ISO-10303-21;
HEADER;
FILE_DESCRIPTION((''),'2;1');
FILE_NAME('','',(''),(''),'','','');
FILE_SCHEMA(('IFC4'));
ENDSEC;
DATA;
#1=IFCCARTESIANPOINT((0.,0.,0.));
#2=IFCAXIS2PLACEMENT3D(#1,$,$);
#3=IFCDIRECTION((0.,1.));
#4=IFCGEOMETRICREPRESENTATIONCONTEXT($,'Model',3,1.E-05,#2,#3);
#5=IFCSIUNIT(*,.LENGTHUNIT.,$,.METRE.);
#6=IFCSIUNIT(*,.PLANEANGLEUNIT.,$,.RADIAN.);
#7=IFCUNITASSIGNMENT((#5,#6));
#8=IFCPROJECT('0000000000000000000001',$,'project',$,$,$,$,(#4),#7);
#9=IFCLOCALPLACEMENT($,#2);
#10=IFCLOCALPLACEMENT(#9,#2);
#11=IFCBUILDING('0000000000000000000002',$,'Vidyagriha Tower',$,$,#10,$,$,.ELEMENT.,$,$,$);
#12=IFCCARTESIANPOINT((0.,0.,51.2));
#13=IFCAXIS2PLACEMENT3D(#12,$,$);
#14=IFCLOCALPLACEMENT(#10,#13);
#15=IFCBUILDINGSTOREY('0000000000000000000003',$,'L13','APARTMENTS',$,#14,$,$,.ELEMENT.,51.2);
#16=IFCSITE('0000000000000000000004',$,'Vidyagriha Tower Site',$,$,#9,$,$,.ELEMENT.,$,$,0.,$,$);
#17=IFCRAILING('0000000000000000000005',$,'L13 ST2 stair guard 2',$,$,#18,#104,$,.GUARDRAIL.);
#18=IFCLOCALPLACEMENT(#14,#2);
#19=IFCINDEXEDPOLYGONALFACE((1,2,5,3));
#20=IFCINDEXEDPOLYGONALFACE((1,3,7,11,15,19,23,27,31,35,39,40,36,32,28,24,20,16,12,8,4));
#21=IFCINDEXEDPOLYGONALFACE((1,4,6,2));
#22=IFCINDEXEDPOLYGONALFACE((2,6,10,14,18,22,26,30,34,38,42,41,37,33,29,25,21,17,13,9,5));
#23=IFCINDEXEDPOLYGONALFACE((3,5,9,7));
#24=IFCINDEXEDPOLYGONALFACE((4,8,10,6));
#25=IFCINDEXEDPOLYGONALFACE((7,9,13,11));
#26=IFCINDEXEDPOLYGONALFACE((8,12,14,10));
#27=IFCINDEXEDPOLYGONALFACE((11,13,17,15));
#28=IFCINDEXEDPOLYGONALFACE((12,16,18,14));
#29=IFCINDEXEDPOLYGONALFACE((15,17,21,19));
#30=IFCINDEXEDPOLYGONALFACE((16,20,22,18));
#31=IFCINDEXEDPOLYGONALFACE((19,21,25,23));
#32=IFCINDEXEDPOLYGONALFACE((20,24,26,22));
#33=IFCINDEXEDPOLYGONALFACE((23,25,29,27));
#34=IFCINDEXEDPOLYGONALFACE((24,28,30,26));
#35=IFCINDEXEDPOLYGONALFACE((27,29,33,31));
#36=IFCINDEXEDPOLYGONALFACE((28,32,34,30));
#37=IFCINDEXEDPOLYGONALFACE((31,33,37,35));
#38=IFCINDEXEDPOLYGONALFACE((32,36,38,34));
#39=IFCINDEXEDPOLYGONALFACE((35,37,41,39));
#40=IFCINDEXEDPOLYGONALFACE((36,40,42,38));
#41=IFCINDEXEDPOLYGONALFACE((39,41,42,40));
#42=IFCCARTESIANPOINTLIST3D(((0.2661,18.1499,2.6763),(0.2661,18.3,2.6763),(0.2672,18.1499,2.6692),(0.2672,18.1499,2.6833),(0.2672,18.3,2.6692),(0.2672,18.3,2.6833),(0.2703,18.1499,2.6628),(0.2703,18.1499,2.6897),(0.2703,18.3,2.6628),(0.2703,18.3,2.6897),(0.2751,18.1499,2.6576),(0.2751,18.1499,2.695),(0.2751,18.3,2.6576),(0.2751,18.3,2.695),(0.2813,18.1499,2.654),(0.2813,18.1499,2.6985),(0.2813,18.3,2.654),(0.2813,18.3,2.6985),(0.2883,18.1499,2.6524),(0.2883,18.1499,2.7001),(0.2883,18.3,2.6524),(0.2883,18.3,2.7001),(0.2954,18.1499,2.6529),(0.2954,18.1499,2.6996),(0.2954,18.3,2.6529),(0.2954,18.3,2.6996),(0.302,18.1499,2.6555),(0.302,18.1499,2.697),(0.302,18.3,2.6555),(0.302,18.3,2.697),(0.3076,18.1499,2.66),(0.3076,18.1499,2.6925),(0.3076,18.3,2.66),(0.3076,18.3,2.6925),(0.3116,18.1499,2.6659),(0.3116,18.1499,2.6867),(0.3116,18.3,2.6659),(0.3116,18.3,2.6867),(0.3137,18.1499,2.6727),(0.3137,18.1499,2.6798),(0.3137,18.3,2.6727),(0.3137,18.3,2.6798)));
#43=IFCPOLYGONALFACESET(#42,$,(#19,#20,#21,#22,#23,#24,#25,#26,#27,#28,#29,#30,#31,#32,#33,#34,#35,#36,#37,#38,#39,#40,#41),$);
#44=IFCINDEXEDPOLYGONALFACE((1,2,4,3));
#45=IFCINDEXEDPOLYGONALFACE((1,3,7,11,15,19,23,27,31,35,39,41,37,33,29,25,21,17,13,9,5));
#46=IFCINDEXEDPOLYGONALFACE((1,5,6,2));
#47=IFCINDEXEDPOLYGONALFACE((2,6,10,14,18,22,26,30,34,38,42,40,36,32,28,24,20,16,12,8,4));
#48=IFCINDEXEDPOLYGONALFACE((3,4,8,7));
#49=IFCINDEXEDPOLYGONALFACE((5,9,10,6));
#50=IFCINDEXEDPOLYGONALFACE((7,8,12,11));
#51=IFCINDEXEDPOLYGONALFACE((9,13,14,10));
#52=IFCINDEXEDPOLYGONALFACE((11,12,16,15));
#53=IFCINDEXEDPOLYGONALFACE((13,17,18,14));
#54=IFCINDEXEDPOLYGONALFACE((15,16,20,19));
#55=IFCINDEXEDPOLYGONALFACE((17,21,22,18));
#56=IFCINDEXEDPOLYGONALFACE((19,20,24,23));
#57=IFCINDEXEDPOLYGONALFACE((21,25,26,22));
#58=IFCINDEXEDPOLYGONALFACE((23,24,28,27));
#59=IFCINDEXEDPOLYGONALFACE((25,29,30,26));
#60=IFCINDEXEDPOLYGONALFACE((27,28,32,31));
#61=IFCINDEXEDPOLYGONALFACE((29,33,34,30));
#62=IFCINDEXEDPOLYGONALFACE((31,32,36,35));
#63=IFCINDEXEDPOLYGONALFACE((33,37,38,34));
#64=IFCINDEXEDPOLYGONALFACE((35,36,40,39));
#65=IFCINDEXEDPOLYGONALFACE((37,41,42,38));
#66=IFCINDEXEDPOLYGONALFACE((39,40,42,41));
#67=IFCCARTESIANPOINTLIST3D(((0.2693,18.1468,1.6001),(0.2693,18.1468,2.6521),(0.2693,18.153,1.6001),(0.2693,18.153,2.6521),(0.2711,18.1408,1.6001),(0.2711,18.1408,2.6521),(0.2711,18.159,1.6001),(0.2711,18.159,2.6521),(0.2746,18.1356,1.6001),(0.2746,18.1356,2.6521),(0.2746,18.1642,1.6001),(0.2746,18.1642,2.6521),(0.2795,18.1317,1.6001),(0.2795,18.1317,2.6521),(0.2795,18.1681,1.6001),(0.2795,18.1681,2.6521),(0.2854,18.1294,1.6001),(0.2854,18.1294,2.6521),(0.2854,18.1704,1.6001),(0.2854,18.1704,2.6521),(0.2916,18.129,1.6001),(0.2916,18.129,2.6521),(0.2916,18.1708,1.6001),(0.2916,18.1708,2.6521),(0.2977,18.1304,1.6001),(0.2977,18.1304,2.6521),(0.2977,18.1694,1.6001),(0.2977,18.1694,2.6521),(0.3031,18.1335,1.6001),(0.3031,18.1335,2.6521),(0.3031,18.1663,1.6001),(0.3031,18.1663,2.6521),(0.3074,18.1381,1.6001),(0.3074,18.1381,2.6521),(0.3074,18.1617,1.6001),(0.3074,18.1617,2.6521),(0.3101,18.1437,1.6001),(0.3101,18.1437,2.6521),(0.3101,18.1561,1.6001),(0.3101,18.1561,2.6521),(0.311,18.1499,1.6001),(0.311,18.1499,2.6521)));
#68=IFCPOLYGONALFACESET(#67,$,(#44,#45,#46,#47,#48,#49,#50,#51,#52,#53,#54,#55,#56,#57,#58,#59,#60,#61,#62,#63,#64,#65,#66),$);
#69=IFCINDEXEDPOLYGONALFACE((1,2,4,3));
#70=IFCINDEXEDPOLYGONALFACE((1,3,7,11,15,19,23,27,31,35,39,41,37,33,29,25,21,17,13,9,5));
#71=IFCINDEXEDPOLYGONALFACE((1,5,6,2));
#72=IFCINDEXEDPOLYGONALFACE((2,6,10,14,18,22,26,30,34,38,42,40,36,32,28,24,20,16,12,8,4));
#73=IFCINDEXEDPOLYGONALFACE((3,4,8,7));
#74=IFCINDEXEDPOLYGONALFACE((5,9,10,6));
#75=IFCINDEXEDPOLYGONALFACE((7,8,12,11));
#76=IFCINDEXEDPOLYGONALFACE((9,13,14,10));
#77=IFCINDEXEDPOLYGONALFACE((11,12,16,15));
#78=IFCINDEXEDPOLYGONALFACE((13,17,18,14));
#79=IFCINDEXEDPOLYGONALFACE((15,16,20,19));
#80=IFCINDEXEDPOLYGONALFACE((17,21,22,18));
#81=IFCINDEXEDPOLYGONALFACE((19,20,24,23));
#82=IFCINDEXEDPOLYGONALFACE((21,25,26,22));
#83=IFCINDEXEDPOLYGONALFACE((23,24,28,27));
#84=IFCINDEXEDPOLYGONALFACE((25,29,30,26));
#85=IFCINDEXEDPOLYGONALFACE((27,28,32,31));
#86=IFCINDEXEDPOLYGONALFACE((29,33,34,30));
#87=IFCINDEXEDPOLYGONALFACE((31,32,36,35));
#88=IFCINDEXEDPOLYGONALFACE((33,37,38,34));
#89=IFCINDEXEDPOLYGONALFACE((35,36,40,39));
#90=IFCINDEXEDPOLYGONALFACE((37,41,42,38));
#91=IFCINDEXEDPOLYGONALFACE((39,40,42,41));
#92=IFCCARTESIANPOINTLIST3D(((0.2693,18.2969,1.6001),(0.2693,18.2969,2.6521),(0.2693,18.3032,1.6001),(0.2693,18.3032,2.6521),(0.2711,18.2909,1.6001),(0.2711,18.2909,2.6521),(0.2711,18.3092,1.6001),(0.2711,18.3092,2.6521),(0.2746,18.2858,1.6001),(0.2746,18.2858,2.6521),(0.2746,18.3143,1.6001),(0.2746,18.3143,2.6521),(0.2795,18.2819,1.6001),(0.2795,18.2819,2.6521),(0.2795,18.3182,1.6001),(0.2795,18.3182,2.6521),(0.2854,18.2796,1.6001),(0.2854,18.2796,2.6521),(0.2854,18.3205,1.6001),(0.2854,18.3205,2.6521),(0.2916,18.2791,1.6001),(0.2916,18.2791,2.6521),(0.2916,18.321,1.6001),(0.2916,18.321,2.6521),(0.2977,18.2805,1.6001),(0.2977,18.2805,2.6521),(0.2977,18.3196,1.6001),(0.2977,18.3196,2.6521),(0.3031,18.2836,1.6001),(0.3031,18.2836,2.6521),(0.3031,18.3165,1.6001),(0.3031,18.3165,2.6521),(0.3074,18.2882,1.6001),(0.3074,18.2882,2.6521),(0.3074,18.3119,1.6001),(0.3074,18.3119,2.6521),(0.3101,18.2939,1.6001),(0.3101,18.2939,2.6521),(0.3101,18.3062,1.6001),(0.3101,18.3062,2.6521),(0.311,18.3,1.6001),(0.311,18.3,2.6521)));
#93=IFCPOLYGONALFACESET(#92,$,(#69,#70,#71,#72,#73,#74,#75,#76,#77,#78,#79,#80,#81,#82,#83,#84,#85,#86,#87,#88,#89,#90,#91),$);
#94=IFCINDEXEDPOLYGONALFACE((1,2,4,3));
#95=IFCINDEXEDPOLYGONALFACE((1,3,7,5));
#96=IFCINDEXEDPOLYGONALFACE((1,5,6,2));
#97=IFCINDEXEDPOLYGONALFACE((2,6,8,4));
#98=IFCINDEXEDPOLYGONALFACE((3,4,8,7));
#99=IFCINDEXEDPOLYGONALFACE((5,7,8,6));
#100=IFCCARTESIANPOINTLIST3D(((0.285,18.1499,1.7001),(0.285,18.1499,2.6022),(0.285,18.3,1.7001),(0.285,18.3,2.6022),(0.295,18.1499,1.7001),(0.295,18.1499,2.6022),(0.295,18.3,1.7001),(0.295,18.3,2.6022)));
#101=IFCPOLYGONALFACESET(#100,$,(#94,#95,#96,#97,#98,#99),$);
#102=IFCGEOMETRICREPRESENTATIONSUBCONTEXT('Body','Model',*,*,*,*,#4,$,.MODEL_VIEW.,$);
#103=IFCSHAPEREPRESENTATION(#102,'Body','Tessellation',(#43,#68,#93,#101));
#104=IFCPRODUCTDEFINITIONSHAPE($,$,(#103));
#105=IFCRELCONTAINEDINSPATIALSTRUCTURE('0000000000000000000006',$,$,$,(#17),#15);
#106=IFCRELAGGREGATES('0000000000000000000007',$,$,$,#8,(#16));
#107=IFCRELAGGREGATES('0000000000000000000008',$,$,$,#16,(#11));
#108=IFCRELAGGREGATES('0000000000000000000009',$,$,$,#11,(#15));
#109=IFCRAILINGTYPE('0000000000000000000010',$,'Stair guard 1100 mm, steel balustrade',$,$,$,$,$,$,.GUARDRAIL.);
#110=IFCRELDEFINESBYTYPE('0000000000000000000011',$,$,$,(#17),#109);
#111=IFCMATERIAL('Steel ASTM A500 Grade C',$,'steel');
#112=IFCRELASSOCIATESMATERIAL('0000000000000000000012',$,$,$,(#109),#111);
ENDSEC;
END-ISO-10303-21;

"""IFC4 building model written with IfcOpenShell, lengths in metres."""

from ifc_helpers import new_model, si_unit, direction, frame, origin, origin_2d, place, context, subcontext, project, spatial, rectangle, circle, extrude, material, type_object, element, save


model = new_model("IFC4")

# Units and contexts
model_context = context("Model", 3, precision=1e-05, world=origin(), true_north=direction((0.0, 1.0)))
body_context = subcontext(model_context, "Body", "Model", "MODEL_VIEW")
ifc_project = project(units=[si_unit("LENGTHUNIT", "METRE"), si_unit("PLANEANGLEUNIT", "RADIAN")], contexts=[model_context])

# Site, building, storey
site_placement = place(None, origin())
site = spatial("IfcSite", under=ifc_project, at=site_placement, Name="Vidyagriha Tower Site", CompositionType="ELEMENT", RefElevation=0.0)
building_placement = place(site_placement, origin())
building = spatial("IfcBuilding", under=site, at=building_placement, Name="Vidyagriha Tower", CompositionType="ELEMENT")
storey_placement = place(building_placement, frame((0.0, 0.0, 51.2)))
storey = spatial("IfcBuildingStorey", under=building, at=storey_placement, Name="L13", Description="APARTMENTS", CompositionType="ELEMENT", Elevation=51.2)

# Railing
ifc_material_1 = material(Name="Steel ASTM A500 Grade C", Category="steel")
railing_type_1 = type_object("IfcRailingType", Name="Stair guard 1100 mm, steel balustrade", PredefinedType="GUARDRAIL", material=ifc_material_1)
railing_1_placement = place(storey_placement, frame((0.29, 18.1499, 1.6001)))
element("IfcRailing", 1, at=railing_1_placement, inside=storey, type_object=railing_type_1, Name="L13 ST2 stair guard 2", PredefinedType="GUARDRAIL", context=body_context, shape_type="SweptSolid", body=[
    extrude(circle(Radius=0.0239, at=origin_2d()), frame((0.0, 0.0, 1.0762), z_axis=(0.0, 1.0, 0.0), x_axis=(-1.0, 0.0, 0.0)), (0.0, 0.0, 1.0), 0.1501),
    extrude(circle(Radius=0.021, at=origin_2d()), origin(), (0.0, 0.0, 1.0), 1.052),
    extrude(circle(Radius=0.021, at=origin_2d()), frame((0.0, 0.1501, 0.0)), (0.0, 0.0, 1.0), 1.052),
    extrude(rectangle(XDim=0.01, YDim=0.9021, at=origin_2d()), frame((0.0, 0.0, 0.551), z_axis=(0.0, 1.0, 0.0), x_axis=(-1.0, 0.0, 0.0)), (0.0, 0.0, 1.0), 0.1501),
])

save(model, "model.ifc")
